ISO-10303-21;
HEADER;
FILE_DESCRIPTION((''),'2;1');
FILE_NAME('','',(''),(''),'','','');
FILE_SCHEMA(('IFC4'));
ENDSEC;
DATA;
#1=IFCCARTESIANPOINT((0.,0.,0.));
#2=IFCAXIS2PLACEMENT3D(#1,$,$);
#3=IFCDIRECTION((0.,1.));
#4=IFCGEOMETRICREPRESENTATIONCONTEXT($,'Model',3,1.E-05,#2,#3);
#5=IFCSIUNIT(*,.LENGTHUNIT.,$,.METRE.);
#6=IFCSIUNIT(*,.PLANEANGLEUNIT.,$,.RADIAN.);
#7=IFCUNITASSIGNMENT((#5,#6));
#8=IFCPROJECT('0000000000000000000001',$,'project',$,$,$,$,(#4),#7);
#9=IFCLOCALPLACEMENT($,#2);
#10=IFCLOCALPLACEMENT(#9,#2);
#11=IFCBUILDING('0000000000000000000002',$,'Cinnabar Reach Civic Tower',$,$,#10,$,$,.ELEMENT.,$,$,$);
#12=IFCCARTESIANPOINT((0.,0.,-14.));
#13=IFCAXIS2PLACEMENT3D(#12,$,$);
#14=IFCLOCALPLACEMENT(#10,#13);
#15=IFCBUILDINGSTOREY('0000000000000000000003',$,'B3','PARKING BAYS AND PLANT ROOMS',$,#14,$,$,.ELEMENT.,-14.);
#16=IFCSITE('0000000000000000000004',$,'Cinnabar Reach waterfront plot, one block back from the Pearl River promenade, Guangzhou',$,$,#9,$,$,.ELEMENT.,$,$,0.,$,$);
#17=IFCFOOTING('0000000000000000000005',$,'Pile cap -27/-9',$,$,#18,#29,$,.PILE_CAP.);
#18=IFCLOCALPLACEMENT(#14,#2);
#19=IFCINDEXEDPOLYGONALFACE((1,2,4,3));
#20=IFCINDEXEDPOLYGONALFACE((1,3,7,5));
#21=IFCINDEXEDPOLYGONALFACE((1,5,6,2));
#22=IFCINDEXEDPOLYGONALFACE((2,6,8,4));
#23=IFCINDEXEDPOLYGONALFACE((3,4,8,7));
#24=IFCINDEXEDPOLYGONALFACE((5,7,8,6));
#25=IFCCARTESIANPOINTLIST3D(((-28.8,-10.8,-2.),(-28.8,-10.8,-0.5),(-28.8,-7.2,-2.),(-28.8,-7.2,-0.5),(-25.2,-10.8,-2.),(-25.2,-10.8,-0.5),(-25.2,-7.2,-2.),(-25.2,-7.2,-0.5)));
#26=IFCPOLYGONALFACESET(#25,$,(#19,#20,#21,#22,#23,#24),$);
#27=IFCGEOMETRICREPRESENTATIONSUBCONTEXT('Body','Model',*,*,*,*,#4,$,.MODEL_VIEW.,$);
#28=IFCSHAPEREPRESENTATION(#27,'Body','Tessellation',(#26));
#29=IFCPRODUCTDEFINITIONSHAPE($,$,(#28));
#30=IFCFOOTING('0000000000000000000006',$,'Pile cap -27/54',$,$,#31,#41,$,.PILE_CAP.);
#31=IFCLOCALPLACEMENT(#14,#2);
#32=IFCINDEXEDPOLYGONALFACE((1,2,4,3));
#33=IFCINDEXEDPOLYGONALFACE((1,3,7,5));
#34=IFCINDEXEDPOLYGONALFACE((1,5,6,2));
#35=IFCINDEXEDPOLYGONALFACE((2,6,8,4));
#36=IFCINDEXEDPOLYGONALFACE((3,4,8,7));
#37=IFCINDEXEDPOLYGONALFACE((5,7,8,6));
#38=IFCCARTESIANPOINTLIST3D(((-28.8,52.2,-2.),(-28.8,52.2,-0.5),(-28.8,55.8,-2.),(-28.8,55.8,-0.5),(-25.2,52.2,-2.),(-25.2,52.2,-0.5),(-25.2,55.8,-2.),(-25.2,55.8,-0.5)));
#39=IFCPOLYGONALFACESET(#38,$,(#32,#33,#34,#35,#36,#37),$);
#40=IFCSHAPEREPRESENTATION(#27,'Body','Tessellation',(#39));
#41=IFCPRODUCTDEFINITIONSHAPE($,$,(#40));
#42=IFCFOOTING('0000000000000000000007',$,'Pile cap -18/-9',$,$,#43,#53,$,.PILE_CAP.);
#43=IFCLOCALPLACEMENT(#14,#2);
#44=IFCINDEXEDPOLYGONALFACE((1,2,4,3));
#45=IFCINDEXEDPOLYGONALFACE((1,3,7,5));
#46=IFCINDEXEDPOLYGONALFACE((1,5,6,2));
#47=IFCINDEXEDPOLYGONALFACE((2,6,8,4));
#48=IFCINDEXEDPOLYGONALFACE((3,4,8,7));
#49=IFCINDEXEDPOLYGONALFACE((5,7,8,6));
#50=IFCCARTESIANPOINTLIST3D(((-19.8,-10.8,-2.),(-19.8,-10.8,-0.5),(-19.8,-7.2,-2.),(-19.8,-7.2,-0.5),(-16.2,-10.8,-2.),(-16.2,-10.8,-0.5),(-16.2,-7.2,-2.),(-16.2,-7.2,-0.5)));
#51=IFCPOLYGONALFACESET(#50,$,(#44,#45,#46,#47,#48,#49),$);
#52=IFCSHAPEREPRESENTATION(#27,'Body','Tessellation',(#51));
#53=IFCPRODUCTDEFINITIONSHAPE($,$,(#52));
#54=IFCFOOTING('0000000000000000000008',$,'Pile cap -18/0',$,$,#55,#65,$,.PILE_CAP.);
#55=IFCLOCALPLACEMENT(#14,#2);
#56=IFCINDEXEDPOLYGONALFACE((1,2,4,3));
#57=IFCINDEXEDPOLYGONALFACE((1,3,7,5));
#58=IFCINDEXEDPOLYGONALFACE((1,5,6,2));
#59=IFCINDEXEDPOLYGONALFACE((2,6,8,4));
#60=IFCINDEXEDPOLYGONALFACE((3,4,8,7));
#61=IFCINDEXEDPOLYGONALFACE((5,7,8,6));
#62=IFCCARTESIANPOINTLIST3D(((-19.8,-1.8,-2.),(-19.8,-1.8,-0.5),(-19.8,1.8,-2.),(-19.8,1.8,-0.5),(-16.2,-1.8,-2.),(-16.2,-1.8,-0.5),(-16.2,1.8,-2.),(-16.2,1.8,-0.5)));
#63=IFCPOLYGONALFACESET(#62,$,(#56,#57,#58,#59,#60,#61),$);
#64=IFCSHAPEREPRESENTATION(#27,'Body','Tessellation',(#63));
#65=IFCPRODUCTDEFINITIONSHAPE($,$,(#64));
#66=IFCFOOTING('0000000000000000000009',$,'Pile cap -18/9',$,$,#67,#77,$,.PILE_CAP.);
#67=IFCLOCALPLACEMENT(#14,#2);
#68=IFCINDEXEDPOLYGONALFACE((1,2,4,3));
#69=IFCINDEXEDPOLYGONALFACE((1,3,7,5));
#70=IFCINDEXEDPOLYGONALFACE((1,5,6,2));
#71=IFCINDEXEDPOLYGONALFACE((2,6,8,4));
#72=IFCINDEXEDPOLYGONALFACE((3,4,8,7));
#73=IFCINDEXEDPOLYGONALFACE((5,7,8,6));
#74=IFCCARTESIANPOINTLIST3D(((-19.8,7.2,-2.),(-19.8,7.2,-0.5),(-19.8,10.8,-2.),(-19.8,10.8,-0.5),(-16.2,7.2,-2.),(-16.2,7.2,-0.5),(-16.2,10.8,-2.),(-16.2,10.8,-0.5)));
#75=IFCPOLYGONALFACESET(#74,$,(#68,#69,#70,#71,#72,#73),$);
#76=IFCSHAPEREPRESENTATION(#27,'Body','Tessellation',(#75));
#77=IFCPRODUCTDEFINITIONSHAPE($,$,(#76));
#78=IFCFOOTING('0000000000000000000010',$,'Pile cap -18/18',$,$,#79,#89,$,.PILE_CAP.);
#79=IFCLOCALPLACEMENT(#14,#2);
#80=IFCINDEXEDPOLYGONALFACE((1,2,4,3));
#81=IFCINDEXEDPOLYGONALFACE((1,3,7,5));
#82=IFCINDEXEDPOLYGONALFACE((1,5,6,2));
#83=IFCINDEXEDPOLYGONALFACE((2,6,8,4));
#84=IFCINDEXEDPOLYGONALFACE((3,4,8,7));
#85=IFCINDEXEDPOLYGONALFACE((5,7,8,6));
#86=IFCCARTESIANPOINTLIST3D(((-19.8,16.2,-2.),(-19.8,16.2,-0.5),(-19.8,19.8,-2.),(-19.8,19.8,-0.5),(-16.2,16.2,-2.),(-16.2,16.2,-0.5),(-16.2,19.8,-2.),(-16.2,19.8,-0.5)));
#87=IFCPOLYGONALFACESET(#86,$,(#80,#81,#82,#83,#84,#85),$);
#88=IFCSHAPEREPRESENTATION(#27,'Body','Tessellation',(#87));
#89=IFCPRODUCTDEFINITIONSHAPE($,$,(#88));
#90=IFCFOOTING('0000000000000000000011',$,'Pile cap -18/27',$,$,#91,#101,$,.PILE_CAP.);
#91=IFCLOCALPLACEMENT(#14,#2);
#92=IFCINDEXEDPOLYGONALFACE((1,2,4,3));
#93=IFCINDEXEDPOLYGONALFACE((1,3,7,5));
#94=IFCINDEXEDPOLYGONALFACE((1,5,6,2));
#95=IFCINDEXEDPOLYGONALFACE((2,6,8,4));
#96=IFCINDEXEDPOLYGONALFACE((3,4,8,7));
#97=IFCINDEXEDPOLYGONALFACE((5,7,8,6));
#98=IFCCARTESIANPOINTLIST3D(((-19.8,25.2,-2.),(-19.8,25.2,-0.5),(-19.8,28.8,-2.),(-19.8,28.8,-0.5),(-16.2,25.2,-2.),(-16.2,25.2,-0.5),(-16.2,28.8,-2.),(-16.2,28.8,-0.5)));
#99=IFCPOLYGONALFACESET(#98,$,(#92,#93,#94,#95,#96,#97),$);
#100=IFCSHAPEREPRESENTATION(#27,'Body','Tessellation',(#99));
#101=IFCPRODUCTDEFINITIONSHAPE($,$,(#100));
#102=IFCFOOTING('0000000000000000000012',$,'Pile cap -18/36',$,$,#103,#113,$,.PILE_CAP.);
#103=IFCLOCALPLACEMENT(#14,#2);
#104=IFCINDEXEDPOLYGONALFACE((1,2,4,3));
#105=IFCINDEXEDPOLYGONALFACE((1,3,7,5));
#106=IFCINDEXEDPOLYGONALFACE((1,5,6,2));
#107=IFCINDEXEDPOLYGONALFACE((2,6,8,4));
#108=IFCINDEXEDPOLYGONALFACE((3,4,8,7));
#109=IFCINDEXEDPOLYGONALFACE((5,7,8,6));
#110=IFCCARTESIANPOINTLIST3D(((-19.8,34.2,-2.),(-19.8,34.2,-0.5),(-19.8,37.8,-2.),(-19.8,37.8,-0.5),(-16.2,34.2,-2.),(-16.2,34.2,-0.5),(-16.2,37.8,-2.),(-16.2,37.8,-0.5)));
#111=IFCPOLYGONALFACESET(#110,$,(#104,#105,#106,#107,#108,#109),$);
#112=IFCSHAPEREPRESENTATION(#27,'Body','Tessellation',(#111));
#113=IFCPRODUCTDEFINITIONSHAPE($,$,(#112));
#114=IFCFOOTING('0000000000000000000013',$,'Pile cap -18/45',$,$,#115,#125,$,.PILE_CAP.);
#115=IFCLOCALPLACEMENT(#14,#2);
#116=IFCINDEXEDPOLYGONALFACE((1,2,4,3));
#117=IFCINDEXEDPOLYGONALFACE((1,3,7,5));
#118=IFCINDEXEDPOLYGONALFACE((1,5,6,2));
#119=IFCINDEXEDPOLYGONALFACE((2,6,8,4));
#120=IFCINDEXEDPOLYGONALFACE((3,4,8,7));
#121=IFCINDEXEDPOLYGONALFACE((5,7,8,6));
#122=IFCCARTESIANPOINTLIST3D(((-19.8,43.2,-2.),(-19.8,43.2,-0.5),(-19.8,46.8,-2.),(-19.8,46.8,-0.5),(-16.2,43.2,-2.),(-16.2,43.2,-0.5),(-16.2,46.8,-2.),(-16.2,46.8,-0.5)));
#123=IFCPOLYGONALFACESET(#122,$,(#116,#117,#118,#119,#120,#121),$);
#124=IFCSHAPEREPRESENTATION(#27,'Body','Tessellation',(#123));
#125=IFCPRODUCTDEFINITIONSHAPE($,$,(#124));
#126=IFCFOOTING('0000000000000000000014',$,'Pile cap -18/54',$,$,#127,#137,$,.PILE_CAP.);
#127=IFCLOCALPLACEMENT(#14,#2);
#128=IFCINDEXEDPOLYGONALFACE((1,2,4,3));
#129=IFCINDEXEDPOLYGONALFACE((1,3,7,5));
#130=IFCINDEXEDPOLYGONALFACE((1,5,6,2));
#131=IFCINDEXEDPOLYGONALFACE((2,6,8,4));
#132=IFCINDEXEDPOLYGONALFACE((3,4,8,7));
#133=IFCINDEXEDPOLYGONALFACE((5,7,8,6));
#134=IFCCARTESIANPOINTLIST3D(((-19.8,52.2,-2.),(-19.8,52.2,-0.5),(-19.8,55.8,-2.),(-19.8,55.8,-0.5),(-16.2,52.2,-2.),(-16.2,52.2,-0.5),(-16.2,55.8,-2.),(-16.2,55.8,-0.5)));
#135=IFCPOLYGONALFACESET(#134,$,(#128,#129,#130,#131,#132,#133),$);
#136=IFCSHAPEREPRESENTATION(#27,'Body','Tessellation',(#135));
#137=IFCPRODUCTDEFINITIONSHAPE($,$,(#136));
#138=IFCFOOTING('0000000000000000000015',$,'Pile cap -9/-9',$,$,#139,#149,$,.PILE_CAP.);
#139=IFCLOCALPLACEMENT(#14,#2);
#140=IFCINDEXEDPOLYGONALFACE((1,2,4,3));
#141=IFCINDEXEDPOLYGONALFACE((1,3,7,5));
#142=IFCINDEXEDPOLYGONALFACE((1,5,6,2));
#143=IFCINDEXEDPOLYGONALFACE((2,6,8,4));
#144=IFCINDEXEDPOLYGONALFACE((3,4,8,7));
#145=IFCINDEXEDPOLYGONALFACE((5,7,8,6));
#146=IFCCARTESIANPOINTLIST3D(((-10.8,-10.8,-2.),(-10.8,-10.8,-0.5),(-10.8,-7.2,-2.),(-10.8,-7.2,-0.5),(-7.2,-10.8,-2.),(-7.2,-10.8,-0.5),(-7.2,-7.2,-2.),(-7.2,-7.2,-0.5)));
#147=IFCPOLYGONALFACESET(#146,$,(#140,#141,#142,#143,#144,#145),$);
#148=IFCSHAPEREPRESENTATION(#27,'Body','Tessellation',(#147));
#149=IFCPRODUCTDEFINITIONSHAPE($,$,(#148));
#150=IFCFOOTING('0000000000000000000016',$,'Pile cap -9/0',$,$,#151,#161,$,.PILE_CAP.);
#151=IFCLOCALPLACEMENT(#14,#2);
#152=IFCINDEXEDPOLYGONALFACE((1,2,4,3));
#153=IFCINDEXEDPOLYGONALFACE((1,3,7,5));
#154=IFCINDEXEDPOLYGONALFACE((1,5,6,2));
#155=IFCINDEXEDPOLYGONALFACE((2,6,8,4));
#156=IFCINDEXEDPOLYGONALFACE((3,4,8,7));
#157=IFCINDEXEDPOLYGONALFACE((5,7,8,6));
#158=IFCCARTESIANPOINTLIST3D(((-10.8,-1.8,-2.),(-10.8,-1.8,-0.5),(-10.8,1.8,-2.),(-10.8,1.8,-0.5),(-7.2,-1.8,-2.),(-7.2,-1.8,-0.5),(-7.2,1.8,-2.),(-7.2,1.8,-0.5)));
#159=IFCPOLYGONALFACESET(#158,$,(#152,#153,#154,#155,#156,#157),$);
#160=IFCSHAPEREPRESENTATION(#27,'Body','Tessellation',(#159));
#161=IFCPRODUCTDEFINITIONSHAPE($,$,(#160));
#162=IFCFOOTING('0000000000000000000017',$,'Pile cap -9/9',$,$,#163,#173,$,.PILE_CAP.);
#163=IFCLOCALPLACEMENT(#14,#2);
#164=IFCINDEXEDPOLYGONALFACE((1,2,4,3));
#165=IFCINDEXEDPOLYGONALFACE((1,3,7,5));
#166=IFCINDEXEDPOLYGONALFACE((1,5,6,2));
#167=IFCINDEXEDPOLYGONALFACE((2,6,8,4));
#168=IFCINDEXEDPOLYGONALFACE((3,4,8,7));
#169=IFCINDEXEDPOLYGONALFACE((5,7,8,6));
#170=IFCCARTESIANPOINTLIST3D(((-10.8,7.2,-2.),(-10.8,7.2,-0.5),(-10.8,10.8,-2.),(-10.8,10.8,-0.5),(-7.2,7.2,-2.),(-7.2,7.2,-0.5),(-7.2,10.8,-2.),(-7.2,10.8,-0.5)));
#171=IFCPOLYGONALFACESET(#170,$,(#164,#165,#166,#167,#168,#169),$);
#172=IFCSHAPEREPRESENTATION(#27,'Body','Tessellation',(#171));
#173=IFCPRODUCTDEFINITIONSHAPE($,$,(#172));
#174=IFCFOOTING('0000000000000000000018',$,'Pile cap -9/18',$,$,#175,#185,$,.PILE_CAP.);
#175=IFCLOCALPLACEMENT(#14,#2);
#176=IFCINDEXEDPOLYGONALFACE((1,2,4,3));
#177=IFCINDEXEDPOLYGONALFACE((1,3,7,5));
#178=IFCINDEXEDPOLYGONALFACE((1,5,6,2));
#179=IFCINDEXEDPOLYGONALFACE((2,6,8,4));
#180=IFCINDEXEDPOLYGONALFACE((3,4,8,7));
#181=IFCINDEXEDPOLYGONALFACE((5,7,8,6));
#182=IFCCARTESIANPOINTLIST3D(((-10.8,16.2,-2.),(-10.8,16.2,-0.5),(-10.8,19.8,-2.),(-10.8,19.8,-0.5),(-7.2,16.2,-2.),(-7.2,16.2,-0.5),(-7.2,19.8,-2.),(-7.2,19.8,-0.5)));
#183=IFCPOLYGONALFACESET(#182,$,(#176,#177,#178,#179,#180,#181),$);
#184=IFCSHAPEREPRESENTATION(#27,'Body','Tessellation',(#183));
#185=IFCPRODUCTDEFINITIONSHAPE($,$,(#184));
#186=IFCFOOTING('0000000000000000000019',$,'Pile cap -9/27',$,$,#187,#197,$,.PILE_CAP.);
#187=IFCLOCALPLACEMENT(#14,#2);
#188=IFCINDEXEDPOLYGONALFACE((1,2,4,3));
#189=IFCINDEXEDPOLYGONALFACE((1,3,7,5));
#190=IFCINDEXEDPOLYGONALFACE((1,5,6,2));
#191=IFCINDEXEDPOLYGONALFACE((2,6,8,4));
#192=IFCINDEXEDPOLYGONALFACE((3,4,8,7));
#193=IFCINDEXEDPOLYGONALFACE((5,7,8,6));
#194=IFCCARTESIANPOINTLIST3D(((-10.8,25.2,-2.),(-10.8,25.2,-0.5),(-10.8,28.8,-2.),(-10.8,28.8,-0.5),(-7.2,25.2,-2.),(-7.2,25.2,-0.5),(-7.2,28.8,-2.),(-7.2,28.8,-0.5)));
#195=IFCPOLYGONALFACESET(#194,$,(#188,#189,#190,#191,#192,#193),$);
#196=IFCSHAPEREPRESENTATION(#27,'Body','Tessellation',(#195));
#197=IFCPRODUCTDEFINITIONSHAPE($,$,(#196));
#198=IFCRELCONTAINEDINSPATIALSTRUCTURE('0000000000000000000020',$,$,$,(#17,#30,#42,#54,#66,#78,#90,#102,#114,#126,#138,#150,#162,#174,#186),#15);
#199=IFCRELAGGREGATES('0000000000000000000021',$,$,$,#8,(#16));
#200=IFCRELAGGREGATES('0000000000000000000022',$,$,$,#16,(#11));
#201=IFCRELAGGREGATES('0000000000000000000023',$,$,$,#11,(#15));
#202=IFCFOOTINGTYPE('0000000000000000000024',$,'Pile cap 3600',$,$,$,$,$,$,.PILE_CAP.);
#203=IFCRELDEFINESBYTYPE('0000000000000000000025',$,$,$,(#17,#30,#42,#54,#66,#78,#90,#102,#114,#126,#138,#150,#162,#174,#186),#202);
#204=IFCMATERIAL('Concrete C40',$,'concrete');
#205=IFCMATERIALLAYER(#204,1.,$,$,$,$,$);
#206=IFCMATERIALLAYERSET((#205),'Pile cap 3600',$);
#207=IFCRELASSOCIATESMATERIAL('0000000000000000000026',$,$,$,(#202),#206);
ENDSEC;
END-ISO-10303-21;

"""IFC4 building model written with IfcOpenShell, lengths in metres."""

from ifc_helpers import new_model, si_unit, direction, frame, origin, place, context, subcontext, project, spatial, polyline, outline, extrude, material, layer, layer_set, type_object, element, save


model = new_model("IFC4")

# Units and contexts
model_context = context("Model", 3, precision=1e-05, world=origin(), true_north=direction((0.0, 1.0)))
body_context = subcontext(model_context, "Body", "Model", "MODEL_VIEW")
ifc_project = project(units=[si_unit("LENGTHUNIT", "METRE"), si_unit("PLANEANGLEUNIT", "RADIAN")], contexts=[model_context])

# Site, building, storey
site_placement = place(None, origin())
site = spatial("IfcSite", under=ifc_project, at=site_placement, Name="Cinnabar Reach waterfront plot, one block back from the Pearl River promenade, Guangzhou", CompositionType="ELEMENT", RefElevation=0.0)
building_placement = place(site_placement, origin())
building = spatial("IfcBuilding", under=site, at=building_placement, Name="Cinnabar Reach Civic Tower", CompositionType="ELEMENT")
storey_placement = place(building_placement, frame((0.0, 0.0, -14.0)))
storey = spatial("IfcBuildingStorey", under=building, at=storey_placement, Name="B3", Description="PARKING BAYS AND PLANT ROOMS", CompositionType="ELEMENT", Elevation=-14.0)

# Footings
ifc_material = material(Name="Concrete C40", Category="concrete")
ifc_layer = layer(ifc_material, 1.0)
ifc_layer_set = layer_set([ifc_layer], Name="Pile cap 3600")
footing_type = type_object("IfcFootingType", Name="Pile cap 3600", PredefinedType="PILE_CAP", material=ifc_layer_set)
footing_1_placement = place(storey_placement, frame((0.0, 0.0, -2.0)))
element("IfcFooting", 1, at=footing_1_placement, inside=storey, type_object=footing_type, Name="Pile cap -27/-9", PredefinedType="PILE_CAP", context=body_context, shape_type="SweptSolid", body=[
    extrude(outline(polyline([(-28.8, -10.8), (-25.2, -10.8), (-25.2, -7.2), (-28.8, -7.2), (-28.8, -10.8)])), origin(), (0.0, 0.0, 1.0), 1.5),
])
footing_2_placement = place(storey_placement, frame((0.0, 0.0, -2.0)))
element("IfcFooting", 2, at=footing_2_placement, inside=storey, type_object=footing_type, Name="Pile cap -27/54", PredefinedType="PILE_CAP", context=body_context, shape_type="SweptSolid", body=[
    extrude(outline(polyline([(-28.8, 52.2), (-25.2, 52.2), (-25.2, 55.8), (-28.8, 55.8), (-28.8, 52.2)])), origin(), (0.0, 0.0, 1.0), 1.5),
])
footing_3_placement = place(storey_placement, frame((0.0, 0.0, -2.0)))
element("IfcFooting", 3, at=footing_3_placement, inside=storey, type_object=footing_type, Name="Pile cap -18/-9", PredefinedType="PILE_CAP", context=body_context, shape_type="SweptSolid", body=[
    extrude(outline(polyline([(-19.8, -10.8), (-16.2, -10.8), (-16.2, -7.2), (-19.8, -7.2), (-19.8, -10.8)])), origin(), (0.0, 0.0, 1.0), 1.5),
])
footing_4_placement = place(storey_placement, frame((0.0, 0.0, -2.0)))
element("IfcFooting", 4, at=footing_4_placement, inside=storey, type_object=footing_type, Name="Pile cap -18/0", PredefinedType="PILE_CAP", context=body_context, shape_type="SweptSolid", body=[
    extrude(outline(polyline([(-19.8, -1.8), (-16.2, -1.8), (-16.2, 1.8), (-19.8, 1.8), (-19.8, -1.8)])), origin(), (0.0, 0.0, 1.0), 1.5),
])
footing_5_placement = place(storey_placement, frame((0.0, 0.0, -2.0)))
element("IfcFooting", 5, at=footing_5_placement, inside=storey, type_object=footing_type, Name="Pile cap -18/9", PredefinedType="PILE_CAP", context=body_context, shape_type="SweptSolid", body=[
    extrude(outline(polyline([(-19.8, 7.2), (-16.2, 7.2), (-16.2, 10.8), (-19.8, 10.8), (-19.8, 7.2)])), origin(), (0.0, 0.0, 1.0), 1.5),
])
footing_6_placement = place(storey_placement, frame((0.0, 0.0, -2.0)))
element("IfcFooting", 6, at=footing_6_placement, inside=storey, type_object=footing_type, Name="Pile cap -18/18", PredefinedType="PILE_CAP", context=body_context, shape_type="SweptSolid", body=[
    extrude(outline(polyline([(-19.8, 16.2), (-16.2, 16.2), (-16.2, 19.8), (-19.8, 19.8), (-19.8, 16.2)])), origin(), (0.0, 0.0, 1.0), 1.5),
])
footing_7_placement = place(storey_placement, frame((0.0, 0.0, -2.0)))
element("IfcFooting", 7, at=footing_7_placement, inside=storey, type_object=footing_type, Name="Pile cap -18/27", PredefinedType="PILE_CAP", context=body_context, shape_type="SweptSolid", body=[
    extrude(outline(polyline([(-19.8, 25.2), (-16.2, 25.2), (-16.2, 28.8), (-19.8, 28.8), (-19.8, 25.2)])), origin(), (0.0, 0.0, 1.0), 1.5),
])
footing_8_placement = place(storey_placement, frame((0.0, 0.0, -2.0)))
element("IfcFooting", 8, at=footing_8_placement, inside=storey, type_object=footing_type, Name="Pile cap -18/36", PredefinedType="PILE_CAP", context=body_context, shape_type="SweptSolid", body=[
    extrude(outline(polyline([(-19.8, 34.2), (-16.2, 34.2), (-16.2, 37.8), (-19.8, 37.8), (-19.8, 34.2)])), origin(), (0.0, 0.0, 1.0), 1.5),
])
footing_9_placement = place(storey_placement, frame((0.0, 0.0, -2.0)))
element("IfcFooting", 9, at=footing_9_placement, inside=storey, type_object=footing_type, Name="Pile cap -18/45", PredefinedType="PILE_CAP", context=body_context, shape_type="SweptSolid", body=[
    extrude(outline(polyline([(-19.8, 43.2), (-16.2, 43.2), (-16.2, 46.8), (-19.8, 46.8), (-19.8, 43.2)])), origin(), (0.0, 0.0, 1.0), 1.5),
])
footing_10_placement = place(storey_placement, frame((0.0, 0.0, -2.0)))
element("IfcFooting", 10, at=footing_10_placement, inside=storey, type_object=footing_type, Name="Pile cap -18/54", PredefinedType="PILE_CAP", context=body_context, shape_type="SweptSolid", body=[
    extrude(outline(polyline([(-19.8, 52.2), (-16.2, 52.2), (-16.2, 55.8), (-19.8, 55.8), (-19.8, 52.2)])), origin(), (0.0, 0.0, 1.0), 1.5),
])
footing_11_placement = place(storey_placement, frame((0.0, 0.0, -2.0)))
element("IfcFooting", 11, at=footing_11_placement, inside=storey, type_object=footing_type, Name="Pile cap -9/-9", PredefinedType="PILE_CAP", context=body_context, shape_type="SweptSolid", body=[
    extrude(outline(polyline([(-10.8, -10.8), (-7.2, -10.8), (-7.2, -7.2), (-10.8, -7.2), (-10.8, -10.8)])), origin(), (0.0, 0.0, 1.0), 1.5),
])
footing_12_placement = place(storey_placement, frame((0.0, 0.0, -2.0)))
element("IfcFooting", 12, at=footing_12_placement, inside=storey, type_object=footing_type, Name="Pile cap -9/0", PredefinedType="PILE_CAP", context=body_context, shape_type="SweptSolid", body=[
    extrude(outline(polyline([(-10.8, -1.8), (-7.2, -1.8), (-7.2, 1.8), (-10.8, 1.8), (-10.8, -1.8)])), origin(), (0.0, 0.0, 1.0), 1.5),
])
footing_13_placement = place(storey_placement, frame((0.0, 0.0, -2.0)))
element("IfcFooting", 13, at=footing_13_placement, inside=storey, type_object=footing_type, Name="Pile cap -9/9", PredefinedType="PILE_CAP", context=body_context, shape_type="SweptSolid", body=[
    extrude(outline(polyline([(-10.8, 7.2), (-7.2, 7.2), (-7.2, 10.8), (-10.8, 10.8), (-10.8, 7.2)])), origin(), (0.0, 0.0, 1.0), 1.5),
])
footing_14_placement = place(storey_placement, frame((0.0, 0.0, -2.0)))
element("IfcFooting", 14, at=footing_14_placement, inside=storey, type_object=footing_type, Name="Pile cap -9/18", PredefinedType="PILE_CAP", context=body_context, shape_type="SweptSolid", body=[
    extrude(outline(polyline([(-10.8, 16.2), (-7.2, 16.2), (-7.2, 19.8), (-10.8, 19.8), (-10.8, 16.2)])), origin(), (0.0, 0.0, 1.0), 1.5),
])
footing_15_placement = place(storey_placement, frame((0.0, 0.0, -2.0)))
element("IfcFooting", 15, at=footing_15_placement, inside=storey, type_object=footing_type, Name="Pile cap -9/27", PredefinedType="PILE_CAP", context=body_context, shape_type="SweptSolid", body=[
    extrude(outline(polyline([(-10.8, 25.2), (-7.2, 25.2), (-7.2, 28.8), (-10.8, 28.8), (-10.8, 25.2)])), origin(), (0.0, 0.0, 1.0), 1.5),
])

save(model, "model.ifc")
